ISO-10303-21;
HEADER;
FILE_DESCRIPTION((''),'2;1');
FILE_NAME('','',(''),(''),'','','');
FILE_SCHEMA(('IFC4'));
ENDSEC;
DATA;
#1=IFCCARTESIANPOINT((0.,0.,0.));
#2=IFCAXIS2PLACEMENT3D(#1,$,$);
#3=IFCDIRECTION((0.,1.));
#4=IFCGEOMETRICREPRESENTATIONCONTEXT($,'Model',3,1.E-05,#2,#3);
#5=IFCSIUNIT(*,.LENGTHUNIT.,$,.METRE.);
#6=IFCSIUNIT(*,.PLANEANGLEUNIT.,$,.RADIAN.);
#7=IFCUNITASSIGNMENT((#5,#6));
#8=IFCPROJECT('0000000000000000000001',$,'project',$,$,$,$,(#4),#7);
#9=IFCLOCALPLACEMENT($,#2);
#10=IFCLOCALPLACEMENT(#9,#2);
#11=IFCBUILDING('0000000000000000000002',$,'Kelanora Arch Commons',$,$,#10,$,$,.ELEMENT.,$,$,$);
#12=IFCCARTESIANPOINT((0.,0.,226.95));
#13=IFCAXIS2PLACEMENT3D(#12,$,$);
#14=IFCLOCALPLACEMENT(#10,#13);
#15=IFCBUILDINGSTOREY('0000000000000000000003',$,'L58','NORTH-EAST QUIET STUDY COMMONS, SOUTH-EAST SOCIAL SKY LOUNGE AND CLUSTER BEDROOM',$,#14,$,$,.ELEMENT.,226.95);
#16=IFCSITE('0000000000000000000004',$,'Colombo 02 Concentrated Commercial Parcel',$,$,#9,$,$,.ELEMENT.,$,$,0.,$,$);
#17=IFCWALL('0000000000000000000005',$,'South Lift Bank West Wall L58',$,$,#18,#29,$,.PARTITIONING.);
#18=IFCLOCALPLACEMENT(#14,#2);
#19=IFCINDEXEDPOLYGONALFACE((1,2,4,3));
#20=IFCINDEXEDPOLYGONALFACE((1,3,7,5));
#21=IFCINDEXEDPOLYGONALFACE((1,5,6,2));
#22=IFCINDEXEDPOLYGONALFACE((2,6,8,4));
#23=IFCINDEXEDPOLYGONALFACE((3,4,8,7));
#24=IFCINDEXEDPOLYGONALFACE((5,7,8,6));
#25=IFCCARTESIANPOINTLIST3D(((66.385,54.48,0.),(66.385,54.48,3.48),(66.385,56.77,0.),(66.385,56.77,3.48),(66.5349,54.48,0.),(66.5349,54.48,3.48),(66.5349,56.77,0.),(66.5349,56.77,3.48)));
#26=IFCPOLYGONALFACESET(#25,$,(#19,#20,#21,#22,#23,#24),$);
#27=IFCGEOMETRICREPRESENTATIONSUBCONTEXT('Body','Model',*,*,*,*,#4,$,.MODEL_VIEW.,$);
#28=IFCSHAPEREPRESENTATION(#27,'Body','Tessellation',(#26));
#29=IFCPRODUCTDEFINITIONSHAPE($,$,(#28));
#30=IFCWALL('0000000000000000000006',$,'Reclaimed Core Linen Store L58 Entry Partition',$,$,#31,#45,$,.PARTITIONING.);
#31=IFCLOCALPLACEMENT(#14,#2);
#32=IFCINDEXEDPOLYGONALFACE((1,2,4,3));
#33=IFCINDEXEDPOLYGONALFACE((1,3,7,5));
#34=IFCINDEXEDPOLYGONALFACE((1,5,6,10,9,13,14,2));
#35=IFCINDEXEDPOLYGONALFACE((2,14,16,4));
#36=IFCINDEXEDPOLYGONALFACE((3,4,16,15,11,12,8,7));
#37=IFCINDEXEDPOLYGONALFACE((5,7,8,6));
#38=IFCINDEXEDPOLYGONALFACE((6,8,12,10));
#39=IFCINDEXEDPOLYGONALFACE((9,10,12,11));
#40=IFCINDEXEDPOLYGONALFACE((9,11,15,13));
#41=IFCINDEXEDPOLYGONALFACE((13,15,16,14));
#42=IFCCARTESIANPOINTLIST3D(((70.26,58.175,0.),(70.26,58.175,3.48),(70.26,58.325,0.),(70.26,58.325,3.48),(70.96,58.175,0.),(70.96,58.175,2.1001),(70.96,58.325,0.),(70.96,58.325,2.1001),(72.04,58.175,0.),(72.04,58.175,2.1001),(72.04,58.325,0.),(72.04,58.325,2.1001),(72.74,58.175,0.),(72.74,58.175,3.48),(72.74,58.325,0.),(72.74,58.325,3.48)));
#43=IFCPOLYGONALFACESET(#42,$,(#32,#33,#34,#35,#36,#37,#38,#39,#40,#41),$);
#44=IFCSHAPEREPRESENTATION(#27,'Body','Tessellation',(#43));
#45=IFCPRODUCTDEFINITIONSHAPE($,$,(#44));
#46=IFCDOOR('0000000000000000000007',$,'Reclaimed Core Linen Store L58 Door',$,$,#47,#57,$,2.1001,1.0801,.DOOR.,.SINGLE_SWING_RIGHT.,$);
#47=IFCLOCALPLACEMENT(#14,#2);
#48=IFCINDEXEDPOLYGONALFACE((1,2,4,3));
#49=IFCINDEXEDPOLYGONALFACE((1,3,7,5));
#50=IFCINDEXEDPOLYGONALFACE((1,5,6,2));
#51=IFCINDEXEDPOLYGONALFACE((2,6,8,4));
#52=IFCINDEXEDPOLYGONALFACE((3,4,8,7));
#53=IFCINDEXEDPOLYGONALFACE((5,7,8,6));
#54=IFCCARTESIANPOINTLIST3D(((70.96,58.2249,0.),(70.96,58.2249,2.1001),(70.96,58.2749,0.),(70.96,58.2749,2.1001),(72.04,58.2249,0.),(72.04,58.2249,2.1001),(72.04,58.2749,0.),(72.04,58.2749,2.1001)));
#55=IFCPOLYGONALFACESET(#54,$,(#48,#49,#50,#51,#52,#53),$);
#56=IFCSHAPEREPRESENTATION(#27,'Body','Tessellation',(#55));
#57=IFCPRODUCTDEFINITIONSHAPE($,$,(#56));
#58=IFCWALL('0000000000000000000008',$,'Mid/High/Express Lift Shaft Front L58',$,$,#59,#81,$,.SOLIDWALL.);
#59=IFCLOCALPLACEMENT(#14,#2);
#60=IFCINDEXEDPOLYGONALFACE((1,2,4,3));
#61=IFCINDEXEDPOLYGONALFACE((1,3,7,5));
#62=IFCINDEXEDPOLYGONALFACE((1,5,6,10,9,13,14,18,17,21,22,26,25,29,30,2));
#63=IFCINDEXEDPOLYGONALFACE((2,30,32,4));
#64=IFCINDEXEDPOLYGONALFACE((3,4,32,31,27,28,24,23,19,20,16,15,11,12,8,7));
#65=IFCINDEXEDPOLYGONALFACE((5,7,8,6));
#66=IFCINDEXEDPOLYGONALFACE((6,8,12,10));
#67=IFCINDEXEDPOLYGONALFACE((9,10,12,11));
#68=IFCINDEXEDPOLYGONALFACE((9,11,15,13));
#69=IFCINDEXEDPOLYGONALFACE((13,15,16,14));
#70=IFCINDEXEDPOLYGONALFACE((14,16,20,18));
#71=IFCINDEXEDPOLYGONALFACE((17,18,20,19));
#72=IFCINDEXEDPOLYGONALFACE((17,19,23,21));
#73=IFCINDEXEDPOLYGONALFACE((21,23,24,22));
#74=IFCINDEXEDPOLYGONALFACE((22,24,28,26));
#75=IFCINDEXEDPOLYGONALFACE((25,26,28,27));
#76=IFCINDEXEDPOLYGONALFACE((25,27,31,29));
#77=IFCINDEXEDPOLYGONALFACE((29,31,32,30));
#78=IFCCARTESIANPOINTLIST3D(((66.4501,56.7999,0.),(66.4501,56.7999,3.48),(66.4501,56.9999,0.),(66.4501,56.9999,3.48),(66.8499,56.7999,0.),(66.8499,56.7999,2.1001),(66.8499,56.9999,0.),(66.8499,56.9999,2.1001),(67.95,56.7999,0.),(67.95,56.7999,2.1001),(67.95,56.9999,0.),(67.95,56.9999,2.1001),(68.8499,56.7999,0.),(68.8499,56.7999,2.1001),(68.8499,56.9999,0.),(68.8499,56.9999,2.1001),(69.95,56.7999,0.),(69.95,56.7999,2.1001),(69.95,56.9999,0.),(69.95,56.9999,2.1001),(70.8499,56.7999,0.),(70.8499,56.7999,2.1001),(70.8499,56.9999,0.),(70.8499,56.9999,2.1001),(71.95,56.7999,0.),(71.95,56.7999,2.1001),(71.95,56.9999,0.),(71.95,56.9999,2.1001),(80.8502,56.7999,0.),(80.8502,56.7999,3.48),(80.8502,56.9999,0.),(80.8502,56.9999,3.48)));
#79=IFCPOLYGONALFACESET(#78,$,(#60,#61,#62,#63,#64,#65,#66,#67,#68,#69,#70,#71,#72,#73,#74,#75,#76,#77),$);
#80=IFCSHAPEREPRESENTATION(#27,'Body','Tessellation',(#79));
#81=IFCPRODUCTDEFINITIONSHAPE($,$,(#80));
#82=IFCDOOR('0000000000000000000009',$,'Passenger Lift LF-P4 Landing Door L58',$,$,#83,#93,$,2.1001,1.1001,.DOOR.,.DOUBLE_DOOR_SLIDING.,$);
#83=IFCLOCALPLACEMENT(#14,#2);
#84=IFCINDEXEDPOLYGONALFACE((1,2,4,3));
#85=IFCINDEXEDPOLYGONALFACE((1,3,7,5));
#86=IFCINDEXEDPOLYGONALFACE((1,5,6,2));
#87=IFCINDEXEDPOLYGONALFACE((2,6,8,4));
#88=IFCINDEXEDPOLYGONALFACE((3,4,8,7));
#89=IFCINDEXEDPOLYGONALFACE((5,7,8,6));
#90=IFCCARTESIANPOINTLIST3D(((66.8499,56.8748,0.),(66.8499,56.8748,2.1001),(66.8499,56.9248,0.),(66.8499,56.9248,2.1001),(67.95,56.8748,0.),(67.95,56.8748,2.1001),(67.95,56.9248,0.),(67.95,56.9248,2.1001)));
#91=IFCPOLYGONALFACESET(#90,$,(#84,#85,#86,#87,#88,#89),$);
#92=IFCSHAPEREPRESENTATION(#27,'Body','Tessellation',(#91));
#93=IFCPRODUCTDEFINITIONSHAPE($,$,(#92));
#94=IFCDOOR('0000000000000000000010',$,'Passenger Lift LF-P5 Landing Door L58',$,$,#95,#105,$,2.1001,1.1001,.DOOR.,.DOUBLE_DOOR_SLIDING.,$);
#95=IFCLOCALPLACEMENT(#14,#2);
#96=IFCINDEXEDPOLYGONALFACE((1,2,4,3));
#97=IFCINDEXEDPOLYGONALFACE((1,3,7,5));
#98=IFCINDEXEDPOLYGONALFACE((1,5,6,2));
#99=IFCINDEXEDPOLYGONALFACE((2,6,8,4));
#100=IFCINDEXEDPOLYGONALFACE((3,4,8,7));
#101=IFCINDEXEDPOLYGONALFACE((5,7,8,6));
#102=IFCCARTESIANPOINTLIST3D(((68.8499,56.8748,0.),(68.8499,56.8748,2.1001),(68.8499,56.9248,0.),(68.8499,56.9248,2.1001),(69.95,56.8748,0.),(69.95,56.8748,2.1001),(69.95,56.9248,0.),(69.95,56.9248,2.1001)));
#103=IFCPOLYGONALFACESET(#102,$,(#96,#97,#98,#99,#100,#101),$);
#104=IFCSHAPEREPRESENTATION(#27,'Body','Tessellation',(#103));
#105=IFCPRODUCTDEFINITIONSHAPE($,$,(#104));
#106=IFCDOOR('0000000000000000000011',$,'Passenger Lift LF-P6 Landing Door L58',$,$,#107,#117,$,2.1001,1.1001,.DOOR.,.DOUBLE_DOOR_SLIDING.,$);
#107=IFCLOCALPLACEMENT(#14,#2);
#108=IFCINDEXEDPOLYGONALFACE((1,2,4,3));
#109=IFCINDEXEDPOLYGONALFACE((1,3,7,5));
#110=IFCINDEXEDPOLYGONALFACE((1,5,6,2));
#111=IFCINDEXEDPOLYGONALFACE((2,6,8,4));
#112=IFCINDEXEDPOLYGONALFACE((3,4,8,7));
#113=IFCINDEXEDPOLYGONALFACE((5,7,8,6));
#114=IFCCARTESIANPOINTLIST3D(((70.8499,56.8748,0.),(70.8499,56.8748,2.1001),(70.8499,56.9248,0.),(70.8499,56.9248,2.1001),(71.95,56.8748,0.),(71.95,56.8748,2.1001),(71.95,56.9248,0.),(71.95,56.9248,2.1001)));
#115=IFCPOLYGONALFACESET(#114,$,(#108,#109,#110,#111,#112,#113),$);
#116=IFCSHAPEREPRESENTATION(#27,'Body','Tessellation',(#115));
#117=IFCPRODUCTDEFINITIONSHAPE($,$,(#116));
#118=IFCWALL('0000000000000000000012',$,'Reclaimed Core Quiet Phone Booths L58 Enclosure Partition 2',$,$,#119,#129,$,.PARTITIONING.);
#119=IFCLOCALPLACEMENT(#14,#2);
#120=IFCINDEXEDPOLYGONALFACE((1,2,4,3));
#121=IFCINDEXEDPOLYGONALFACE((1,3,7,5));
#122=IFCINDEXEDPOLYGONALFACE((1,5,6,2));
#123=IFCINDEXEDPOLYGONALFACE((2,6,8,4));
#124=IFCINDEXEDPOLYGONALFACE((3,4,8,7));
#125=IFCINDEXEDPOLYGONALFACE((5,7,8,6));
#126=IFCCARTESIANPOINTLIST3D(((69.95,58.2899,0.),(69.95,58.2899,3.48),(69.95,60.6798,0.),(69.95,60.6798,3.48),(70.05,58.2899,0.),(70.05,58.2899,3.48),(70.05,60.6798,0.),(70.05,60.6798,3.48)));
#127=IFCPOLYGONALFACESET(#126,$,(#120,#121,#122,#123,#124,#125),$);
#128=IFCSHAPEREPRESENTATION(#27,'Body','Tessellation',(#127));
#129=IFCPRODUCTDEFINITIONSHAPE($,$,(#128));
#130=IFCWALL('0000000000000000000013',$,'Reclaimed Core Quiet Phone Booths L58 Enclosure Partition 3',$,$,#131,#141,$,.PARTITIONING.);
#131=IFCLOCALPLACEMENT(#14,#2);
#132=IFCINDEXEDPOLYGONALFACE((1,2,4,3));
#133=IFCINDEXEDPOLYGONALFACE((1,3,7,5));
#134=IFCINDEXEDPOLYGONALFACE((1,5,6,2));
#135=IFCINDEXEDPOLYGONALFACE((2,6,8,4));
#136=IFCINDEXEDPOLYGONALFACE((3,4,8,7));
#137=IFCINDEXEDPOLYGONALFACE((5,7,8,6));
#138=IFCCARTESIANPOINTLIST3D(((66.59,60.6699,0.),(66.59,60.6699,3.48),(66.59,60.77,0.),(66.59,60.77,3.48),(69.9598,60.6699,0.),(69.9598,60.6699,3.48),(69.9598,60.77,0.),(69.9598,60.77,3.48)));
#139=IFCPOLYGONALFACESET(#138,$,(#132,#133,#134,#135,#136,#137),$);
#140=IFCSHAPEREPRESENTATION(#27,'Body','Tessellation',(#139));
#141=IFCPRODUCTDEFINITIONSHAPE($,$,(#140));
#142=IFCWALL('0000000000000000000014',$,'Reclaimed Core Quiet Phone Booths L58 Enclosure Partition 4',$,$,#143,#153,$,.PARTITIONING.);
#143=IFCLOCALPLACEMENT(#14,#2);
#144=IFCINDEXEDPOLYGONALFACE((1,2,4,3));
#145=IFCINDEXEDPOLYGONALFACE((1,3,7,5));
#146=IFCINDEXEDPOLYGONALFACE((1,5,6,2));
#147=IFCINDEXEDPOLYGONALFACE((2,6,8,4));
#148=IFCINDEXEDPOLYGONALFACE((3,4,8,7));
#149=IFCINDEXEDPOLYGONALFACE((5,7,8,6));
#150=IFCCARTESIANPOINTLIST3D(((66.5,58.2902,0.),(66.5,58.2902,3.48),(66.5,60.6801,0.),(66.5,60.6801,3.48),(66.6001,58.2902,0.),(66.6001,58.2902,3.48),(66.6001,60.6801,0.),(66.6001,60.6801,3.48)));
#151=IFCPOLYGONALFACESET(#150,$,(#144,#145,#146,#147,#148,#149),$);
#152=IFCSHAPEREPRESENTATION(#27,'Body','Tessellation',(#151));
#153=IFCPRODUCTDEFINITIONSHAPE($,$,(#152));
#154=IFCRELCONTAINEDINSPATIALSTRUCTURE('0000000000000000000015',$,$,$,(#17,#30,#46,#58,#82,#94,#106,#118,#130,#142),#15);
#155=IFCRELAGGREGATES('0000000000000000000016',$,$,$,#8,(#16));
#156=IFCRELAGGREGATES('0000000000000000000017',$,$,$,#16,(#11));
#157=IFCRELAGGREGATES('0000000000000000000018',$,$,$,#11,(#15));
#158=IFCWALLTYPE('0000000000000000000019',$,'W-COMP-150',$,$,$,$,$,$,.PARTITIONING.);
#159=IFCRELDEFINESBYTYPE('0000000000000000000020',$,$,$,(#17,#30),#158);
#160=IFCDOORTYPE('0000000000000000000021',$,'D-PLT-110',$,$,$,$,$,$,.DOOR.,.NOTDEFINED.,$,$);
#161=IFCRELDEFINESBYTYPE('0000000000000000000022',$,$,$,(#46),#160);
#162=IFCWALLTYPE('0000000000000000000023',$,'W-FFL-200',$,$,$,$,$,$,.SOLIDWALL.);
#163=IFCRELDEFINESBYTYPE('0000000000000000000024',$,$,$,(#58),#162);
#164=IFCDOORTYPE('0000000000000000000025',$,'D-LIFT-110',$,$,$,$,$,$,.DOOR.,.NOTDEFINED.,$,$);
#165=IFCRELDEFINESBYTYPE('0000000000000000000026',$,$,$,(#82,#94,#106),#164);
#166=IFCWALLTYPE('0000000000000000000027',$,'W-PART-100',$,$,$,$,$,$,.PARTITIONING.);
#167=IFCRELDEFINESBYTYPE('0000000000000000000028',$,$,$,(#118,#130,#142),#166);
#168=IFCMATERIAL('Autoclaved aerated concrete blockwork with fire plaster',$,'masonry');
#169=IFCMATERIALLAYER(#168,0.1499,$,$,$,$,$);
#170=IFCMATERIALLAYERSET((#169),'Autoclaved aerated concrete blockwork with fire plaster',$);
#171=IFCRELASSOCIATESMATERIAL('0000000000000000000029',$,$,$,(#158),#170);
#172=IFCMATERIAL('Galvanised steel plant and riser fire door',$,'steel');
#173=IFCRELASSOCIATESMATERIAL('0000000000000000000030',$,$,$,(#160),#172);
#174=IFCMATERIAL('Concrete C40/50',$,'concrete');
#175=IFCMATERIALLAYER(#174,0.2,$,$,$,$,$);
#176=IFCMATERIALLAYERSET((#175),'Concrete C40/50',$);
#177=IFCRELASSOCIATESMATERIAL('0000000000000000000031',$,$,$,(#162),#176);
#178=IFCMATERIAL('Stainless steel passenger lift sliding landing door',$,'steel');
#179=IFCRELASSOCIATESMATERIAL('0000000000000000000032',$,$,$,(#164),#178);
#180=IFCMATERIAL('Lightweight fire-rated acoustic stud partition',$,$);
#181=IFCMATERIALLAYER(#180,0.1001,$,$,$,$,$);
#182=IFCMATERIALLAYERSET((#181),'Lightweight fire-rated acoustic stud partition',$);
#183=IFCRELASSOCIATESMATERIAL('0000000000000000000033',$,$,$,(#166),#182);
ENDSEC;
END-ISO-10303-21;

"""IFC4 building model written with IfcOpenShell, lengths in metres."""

from ifc_helpers import new_model, si_unit, direction, frame, frame_2d, origin, place, context, subcontext, project, spatial, rectangle, extrude, material, layer, layer_set, type_object, element, fill, save


model = new_model("IFC4")

# Units and contexts
model_context = context("Model", 3, precision=1e-05, world=origin(), true_north=direction((0.0, 1.0)))
body_context = subcontext(model_context, "Body", "Model", "MODEL_VIEW")
ifc_project = project(units=[si_unit("LENGTHUNIT", "METRE"), si_unit("PLANEANGLEUNIT", "RADIAN")], contexts=[model_context])

# Site, building, storey
site_placement = place(None, origin())
site = spatial("IfcSite", under=ifc_project, at=site_placement, Name="Colombo 02 Concentrated Commercial Parcel", CompositionType="ELEMENT", RefElevation=0.0)
building_placement = place(site_placement, origin())
building = spatial("IfcBuilding", under=site, at=building_placement, Name="Kelanora Arch Commons", CompositionType="ELEMENT")
storey_placement = place(building_placement, frame((0.0, 0.0, 226.95)))
storey = spatial("IfcBuildingStorey", under=building, at=storey_placement, Name="L58", Description="NORTH-EAST QUIET STUDY COMMONS, SOUTH-EAST SOCIAL SKY LOUNGE AND CLUSTER BEDROOM", CompositionType="ELEMENT", Elevation=226.95)

# Wall
ifc_material_1 = material(Name="Autoclaved aerated concrete blockwork with fire plaster", Category="masonry")
ifc_layer_1 = layer(ifc_material_1, 0.1499)
ifc_layer_set_1 = layer_set([ifc_layer_1], Name="Autoclaved aerated concrete blockwork with fire plaster")
wall_type_1 = type_object("IfcWallType", Name="W-COMP-150", PredefinedType="PARTITIONING", material=ifc_layer_set_1)
wall_1_placement = place(storey_placement, frame((66.46, 54.48, 0.0), z_axis=(0.0, 0.0, 1.0), x_axis=(0.0, 1.0, 0.0)))
element("IfcWall", 1, at=wall_1_placement, inside=storey, type_object=wall_type_1, Name="South Lift Bank West Wall L58", PredefinedType="PARTITIONING", context=body_context, shape_type="SweptSolid", body=[
    extrude(rectangle(XDim=2.29, YDim=0.1499, at=frame_2d((1.145, 0.0))), origin(), (0.0, 0.0, 1.0), 3.48),
])

# Wall, opening, door
wall_2_placement = place(storey_placement, frame((70.26, 58.25, 0.0), z_axis=(0.0, 0.0, 1.0), x_axis=(1.0, 0.0, 0.0)))
wall_2 = element("IfcWall", 2, at=wall_2_placement, inside=storey, type_object=wall_type_1, Name="Reclaimed Core Linen Store L58 Entry Partition", PredefinedType="PARTITIONING", context=body_context, shape_type="SweptSolid", body=[
    extrude(rectangle(XDim=2.48, YDim=0.1499, at=frame_2d((1.24, 0.0))), origin(), (0.0, 0.0, 1.0), 3.48),
])
opening_1_placement = place(wall_2_placement, frame((0.7, 0.0, 0.0)))
opening_1 = element("IfcOpeningElement", 3, at=opening_1_placement, cuts=wall_2, PredefinedType="OPENING", context=body_context, shape_type="SweptSolid", body=[
    extrude(rectangle(XDim=1.0801, YDim=2.1001, at=frame_2d((0.54, 1.05))), frame((0.0, 0.085, 0.0), z_axis=(0.0, -1.0, 0.0), x_axis=(1.0, 0.0, 0.0)), (0.0, 0.0, 1.0), 0.1699),
])
ifc_material_2 = material(Name="Galvanised steel plant and riser fire door", Category="steel")
door_type_1 = type_object("IfcDoorType", Name="D-PLT-110", OperationType="NOTDEFINED", PredefinedType="DOOR", material=ifc_material_2)
door_1_placement = place(opening_1_placement, origin())
door_1 = element("IfcDoor", 4, at=door_1_placement, inside=storey, type_object=door_type_1, Name="Reclaimed Core Linen Store L58 Door", OperationType="SINGLE_SWING_RIGHT", OverallHeight=2.1001, OverallWidth=1.0801, PredefinedType="DOOR", context=body_context, shape_type="SweptSolid", body=[
    extrude(rectangle(XDim=1.0801, YDim=2.1001, at=frame_2d((0.54, 1.05))), frame((0.0, 0.0249, 0.0), z_axis=(0.0, -1.0, 0.0), x_axis=(1.0, 0.0, 0.0)), (0.0, 0.0, 1.0), 0.05),
])
fill(opening_1, door_1)

# Wall, openings, doors
ifc_material_3 = material(Name="Concrete C40/50", Category="concrete")
ifc_layer_2 = layer(ifc_material_3, 0.2)
ifc_layer_set_2 = layer_set([ifc_layer_2], Name="Concrete C40/50")
wall_type_2 = type_object("IfcWallType", Name="W-FFL-200", PredefinedType="SOLIDWALL", material=ifc_layer_set_2)
wall_3_placement = place(storey_placement, frame((66.45, 56.8999, 0.0), z_axis=(0.0, 0.0, 1.0), x_axis=(1.0, 0.0, 0.0)))
wall_3 = element("IfcWall", 5, at=wall_3_placement, inside=storey, type_object=wall_type_2, Name="Mid/High/Express Lift Shaft Front L58", PredefinedType="SOLIDWALL", context=body_context, shape_type="SweptSolid", body=[
    extrude(rectangle(XDim=14.4001, YDim=0.2, at=frame_2d((7.2002, 0.0))), origin(), (0.0, 0.0, 1.0), 3.48),
])
opening_2_placement = place(wall_3_placement, frame((0.3999, 0.0, 0.0)))
opening_2 = element("IfcOpeningElement", 6, at=opening_2_placement, cuts=wall_3, PredefinedType="OPENING", context=body_context, shape_type="SweptSolid", body=[
    extrude(rectangle(XDim=1.1001, YDim=2.1001, at=frame_2d((0.55, 1.05))), frame((0.0, 0.1099, 0.0), z_axis=(0.0, -1.0, 0.0), x_axis=(1.0, 0.0, 0.0)), (0.0, 0.0, 1.0), 0.22),
])
opening_3_placement = place(wall_3_placement, frame((2.3999, 0.0, 0.0)))
opening_3 = element("IfcOpeningElement", 7, at=opening_3_placement, cuts=wall_3, PredefinedType="OPENING", context=body_context, shape_type="SweptSolid", body=[
    extrude(rectangle(XDim=1.1001, YDim=2.1001, at=frame_2d((0.55, 1.05))), frame((0.0, 0.1099, 0.0), z_axis=(0.0, -1.0, 0.0), x_axis=(1.0, 0.0, 0.0)), (0.0, 0.0, 1.0), 0.22),
])
opening_4_placement = place(wall_3_placement, frame((4.3999, 0.0, 0.0)))
opening_4 = element("IfcOpeningElement", 8, at=opening_4_placement, cuts=wall_3, PredefinedType="OPENING", context=body_context, shape_type="SweptSolid", body=[
    extrude(rectangle(XDim=1.1001, YDim=2.1001, at=frame_2d((0.55, 1.05))), frame((0.0, 0.1099, 0.0), z_axis=(0.0, -1.0, 0.0), x_axis=(1.0, 0.0, 0.0)), (0.0, 0.0, 1.0), 0.22),
])
ifc_material_4 = material(Name="Stainless steel passenger lift sliding landing door", Category="steel")
door_type_2 = type_object("IfcDoorType", Name="D-LIFT-110", OperationType="NOTDEFINED", PredefinedType="DOOR", material=ifc_material_4)
door_2_placement = place(opening_2_placement, origin())
door_2 = element("IfcDoor", 9, at=door_2_placement, inside=storey, type_object=door_type_2, Name="Passenger Lift LF-P4 Landing Door L58", OperationType="DOUBLE_DOOR_SLIDING", OverallHeight=2.1001, OverallWidth=1.1001, PredefinedType="DOOR", context=body_context, shape_type="SweptSolid", body=[
    extrude(rectangle(XDim=1.1001, YDim=2.1001, at=frame_2d((0.55, 1.05))), frame((0.0, 0.0249, 0.0), z_axis=(0.0, -1.0, 0.0), x_axis=(1.0, 0.0, 0.0)), (0.0, 0.0, 1.0), 0.05),
])
fill(opening_2, door_2)
door_3_placement = place(opening_3_placement, origin())
door_3 = element("IfcDoor", 10, at=door_3_placement, inside=storey, type_object=door_type_2, Name="Passenger Lift LF-P5 Landing Door L58", OperationType="DOUBLE_DOOR_SLIDING", OverallHeight=2.1001, OverallWidth=1.1001, PredefinedType="DOOR", context=body_context, shape_type="SweptSolid", body=[
    extrude(rectangle(XDim=1.1001, YDim=2.1001, at=frame_2d((0.55, 1.05))), frame((0.0, 0.0249, 0.0), z_axis=(0.0, -1.0, 0.0), x_axis=(1.0, 0.0, 0.0)), (0.0, 0.0, 1.0), 0.05),
])
fill(opening_3, door_3)
door_4_placement = place(opening_4_placement, origin())
door_4 = element("IfcDoor", 11, at=door_4_placement, inside=storey, type_object=door_type_2, Name="Passenger Lift LF-P6 Landing Door L58", OperationType="DOUBLE_DOOR_SLIDING", OverallHeight=2.1001, OverallWidth=1.1001, PredefinedType="DOOR", context=body_context, shape_type="SweptSolid", body=[
    extrude(rectangle(XDim=1.1001, YDim=2.1001, at=frame_2d((0.55, 1.05))), frame((0.0, 0.0249, 0.0), z_axis=(0.0, -1.0, 0.0), x_axis=(1.0, 0.0, 0.0)), (0.0, 0.0, 1.0), 0.05),
])
fill(opening_4, door_4)

# Walls
ifc_material_5 = material(Name="Lightweight fire-rated acoustic stud partition")
ifc_layer_3 = layer(ifc_material_5, 0.1001)
ifc_layer_set_3 = layer_set([ifc_layer_3], Name="Lightweight fire-rated acoustic stud partition")
wall_type_3 = type_object("IfcWallType", Name="W-PART-100", PredefinedType="PARTITIONING", material=ifc_layer_set_3)
wall_4_placement = place(storey_placement, frame((70.0, 58.29, 0.0), z_axis=(0.0, 0.0, 1.0), x_axis=(0.0, 1.0, 0.0)))
element("IfcWall", 12, at=wall_4_placement, inside=storey, type_object=wall_type_3, Name="Reclaimed Core Quiet Phone Booths L58 Enclosure Partition 2", PredefinedType="PARTITIONING", context=body_context, shape_type="SweptSolid", body=[
    extrude(rectangle(XDim=2.3899, YDim=0.1001, at=frame_2d((1.1948, 0.0))), origin(), (0.0, 0.0, 1.0), 3.48),
])
wall_5_placement = place(storey_placement, frame((69.96, 60.72, 0.0), z_axis=(0.0, 0.0, 1.0), x_axis=(-1.0, 0.0, 0.0)))
element("IfcWall", 13, at=wall_5_placement, inside=storey, type_object=wall_type_3, Name="Reclaimed Core Quiet Phone Booths L58 Enclosure Partition 3", PredefinedType="PARTITIONING", context=body_context, shape_type="SweptSolid", body=[
    extrude(rectangle(XDim=3.3699, YDim=0.1001, at=frame_2d((1.6851, 0.0))), origin(), (0.0, 0.0, 1.0), 3.48),
])
wall_6_placement = place(storey_placement, frame((66.55, 60.6799, 0.0), z_axis=(0.0, 0.0, 1.0), x_axis=(0.0, -1.0, 0.0)))
element("IfcWall", 14, at=wall_6_placement, inside=storey, type_object=wall_type_3, Name="Reclaimed Core Quiet Phone Booths L58 Enclosure Partition 4", PredefinedType="PARTITIONING", context=body_context, shape_type="SweptSolid", body=[
    extrude(rectangle(XDim=2.3899, YDim=0.1001, at=frame_2d((1.1948, 0.0))), origin(), (0.0, 0.0, 1.0), 3.48),
])

save(model, "model.ifc")
